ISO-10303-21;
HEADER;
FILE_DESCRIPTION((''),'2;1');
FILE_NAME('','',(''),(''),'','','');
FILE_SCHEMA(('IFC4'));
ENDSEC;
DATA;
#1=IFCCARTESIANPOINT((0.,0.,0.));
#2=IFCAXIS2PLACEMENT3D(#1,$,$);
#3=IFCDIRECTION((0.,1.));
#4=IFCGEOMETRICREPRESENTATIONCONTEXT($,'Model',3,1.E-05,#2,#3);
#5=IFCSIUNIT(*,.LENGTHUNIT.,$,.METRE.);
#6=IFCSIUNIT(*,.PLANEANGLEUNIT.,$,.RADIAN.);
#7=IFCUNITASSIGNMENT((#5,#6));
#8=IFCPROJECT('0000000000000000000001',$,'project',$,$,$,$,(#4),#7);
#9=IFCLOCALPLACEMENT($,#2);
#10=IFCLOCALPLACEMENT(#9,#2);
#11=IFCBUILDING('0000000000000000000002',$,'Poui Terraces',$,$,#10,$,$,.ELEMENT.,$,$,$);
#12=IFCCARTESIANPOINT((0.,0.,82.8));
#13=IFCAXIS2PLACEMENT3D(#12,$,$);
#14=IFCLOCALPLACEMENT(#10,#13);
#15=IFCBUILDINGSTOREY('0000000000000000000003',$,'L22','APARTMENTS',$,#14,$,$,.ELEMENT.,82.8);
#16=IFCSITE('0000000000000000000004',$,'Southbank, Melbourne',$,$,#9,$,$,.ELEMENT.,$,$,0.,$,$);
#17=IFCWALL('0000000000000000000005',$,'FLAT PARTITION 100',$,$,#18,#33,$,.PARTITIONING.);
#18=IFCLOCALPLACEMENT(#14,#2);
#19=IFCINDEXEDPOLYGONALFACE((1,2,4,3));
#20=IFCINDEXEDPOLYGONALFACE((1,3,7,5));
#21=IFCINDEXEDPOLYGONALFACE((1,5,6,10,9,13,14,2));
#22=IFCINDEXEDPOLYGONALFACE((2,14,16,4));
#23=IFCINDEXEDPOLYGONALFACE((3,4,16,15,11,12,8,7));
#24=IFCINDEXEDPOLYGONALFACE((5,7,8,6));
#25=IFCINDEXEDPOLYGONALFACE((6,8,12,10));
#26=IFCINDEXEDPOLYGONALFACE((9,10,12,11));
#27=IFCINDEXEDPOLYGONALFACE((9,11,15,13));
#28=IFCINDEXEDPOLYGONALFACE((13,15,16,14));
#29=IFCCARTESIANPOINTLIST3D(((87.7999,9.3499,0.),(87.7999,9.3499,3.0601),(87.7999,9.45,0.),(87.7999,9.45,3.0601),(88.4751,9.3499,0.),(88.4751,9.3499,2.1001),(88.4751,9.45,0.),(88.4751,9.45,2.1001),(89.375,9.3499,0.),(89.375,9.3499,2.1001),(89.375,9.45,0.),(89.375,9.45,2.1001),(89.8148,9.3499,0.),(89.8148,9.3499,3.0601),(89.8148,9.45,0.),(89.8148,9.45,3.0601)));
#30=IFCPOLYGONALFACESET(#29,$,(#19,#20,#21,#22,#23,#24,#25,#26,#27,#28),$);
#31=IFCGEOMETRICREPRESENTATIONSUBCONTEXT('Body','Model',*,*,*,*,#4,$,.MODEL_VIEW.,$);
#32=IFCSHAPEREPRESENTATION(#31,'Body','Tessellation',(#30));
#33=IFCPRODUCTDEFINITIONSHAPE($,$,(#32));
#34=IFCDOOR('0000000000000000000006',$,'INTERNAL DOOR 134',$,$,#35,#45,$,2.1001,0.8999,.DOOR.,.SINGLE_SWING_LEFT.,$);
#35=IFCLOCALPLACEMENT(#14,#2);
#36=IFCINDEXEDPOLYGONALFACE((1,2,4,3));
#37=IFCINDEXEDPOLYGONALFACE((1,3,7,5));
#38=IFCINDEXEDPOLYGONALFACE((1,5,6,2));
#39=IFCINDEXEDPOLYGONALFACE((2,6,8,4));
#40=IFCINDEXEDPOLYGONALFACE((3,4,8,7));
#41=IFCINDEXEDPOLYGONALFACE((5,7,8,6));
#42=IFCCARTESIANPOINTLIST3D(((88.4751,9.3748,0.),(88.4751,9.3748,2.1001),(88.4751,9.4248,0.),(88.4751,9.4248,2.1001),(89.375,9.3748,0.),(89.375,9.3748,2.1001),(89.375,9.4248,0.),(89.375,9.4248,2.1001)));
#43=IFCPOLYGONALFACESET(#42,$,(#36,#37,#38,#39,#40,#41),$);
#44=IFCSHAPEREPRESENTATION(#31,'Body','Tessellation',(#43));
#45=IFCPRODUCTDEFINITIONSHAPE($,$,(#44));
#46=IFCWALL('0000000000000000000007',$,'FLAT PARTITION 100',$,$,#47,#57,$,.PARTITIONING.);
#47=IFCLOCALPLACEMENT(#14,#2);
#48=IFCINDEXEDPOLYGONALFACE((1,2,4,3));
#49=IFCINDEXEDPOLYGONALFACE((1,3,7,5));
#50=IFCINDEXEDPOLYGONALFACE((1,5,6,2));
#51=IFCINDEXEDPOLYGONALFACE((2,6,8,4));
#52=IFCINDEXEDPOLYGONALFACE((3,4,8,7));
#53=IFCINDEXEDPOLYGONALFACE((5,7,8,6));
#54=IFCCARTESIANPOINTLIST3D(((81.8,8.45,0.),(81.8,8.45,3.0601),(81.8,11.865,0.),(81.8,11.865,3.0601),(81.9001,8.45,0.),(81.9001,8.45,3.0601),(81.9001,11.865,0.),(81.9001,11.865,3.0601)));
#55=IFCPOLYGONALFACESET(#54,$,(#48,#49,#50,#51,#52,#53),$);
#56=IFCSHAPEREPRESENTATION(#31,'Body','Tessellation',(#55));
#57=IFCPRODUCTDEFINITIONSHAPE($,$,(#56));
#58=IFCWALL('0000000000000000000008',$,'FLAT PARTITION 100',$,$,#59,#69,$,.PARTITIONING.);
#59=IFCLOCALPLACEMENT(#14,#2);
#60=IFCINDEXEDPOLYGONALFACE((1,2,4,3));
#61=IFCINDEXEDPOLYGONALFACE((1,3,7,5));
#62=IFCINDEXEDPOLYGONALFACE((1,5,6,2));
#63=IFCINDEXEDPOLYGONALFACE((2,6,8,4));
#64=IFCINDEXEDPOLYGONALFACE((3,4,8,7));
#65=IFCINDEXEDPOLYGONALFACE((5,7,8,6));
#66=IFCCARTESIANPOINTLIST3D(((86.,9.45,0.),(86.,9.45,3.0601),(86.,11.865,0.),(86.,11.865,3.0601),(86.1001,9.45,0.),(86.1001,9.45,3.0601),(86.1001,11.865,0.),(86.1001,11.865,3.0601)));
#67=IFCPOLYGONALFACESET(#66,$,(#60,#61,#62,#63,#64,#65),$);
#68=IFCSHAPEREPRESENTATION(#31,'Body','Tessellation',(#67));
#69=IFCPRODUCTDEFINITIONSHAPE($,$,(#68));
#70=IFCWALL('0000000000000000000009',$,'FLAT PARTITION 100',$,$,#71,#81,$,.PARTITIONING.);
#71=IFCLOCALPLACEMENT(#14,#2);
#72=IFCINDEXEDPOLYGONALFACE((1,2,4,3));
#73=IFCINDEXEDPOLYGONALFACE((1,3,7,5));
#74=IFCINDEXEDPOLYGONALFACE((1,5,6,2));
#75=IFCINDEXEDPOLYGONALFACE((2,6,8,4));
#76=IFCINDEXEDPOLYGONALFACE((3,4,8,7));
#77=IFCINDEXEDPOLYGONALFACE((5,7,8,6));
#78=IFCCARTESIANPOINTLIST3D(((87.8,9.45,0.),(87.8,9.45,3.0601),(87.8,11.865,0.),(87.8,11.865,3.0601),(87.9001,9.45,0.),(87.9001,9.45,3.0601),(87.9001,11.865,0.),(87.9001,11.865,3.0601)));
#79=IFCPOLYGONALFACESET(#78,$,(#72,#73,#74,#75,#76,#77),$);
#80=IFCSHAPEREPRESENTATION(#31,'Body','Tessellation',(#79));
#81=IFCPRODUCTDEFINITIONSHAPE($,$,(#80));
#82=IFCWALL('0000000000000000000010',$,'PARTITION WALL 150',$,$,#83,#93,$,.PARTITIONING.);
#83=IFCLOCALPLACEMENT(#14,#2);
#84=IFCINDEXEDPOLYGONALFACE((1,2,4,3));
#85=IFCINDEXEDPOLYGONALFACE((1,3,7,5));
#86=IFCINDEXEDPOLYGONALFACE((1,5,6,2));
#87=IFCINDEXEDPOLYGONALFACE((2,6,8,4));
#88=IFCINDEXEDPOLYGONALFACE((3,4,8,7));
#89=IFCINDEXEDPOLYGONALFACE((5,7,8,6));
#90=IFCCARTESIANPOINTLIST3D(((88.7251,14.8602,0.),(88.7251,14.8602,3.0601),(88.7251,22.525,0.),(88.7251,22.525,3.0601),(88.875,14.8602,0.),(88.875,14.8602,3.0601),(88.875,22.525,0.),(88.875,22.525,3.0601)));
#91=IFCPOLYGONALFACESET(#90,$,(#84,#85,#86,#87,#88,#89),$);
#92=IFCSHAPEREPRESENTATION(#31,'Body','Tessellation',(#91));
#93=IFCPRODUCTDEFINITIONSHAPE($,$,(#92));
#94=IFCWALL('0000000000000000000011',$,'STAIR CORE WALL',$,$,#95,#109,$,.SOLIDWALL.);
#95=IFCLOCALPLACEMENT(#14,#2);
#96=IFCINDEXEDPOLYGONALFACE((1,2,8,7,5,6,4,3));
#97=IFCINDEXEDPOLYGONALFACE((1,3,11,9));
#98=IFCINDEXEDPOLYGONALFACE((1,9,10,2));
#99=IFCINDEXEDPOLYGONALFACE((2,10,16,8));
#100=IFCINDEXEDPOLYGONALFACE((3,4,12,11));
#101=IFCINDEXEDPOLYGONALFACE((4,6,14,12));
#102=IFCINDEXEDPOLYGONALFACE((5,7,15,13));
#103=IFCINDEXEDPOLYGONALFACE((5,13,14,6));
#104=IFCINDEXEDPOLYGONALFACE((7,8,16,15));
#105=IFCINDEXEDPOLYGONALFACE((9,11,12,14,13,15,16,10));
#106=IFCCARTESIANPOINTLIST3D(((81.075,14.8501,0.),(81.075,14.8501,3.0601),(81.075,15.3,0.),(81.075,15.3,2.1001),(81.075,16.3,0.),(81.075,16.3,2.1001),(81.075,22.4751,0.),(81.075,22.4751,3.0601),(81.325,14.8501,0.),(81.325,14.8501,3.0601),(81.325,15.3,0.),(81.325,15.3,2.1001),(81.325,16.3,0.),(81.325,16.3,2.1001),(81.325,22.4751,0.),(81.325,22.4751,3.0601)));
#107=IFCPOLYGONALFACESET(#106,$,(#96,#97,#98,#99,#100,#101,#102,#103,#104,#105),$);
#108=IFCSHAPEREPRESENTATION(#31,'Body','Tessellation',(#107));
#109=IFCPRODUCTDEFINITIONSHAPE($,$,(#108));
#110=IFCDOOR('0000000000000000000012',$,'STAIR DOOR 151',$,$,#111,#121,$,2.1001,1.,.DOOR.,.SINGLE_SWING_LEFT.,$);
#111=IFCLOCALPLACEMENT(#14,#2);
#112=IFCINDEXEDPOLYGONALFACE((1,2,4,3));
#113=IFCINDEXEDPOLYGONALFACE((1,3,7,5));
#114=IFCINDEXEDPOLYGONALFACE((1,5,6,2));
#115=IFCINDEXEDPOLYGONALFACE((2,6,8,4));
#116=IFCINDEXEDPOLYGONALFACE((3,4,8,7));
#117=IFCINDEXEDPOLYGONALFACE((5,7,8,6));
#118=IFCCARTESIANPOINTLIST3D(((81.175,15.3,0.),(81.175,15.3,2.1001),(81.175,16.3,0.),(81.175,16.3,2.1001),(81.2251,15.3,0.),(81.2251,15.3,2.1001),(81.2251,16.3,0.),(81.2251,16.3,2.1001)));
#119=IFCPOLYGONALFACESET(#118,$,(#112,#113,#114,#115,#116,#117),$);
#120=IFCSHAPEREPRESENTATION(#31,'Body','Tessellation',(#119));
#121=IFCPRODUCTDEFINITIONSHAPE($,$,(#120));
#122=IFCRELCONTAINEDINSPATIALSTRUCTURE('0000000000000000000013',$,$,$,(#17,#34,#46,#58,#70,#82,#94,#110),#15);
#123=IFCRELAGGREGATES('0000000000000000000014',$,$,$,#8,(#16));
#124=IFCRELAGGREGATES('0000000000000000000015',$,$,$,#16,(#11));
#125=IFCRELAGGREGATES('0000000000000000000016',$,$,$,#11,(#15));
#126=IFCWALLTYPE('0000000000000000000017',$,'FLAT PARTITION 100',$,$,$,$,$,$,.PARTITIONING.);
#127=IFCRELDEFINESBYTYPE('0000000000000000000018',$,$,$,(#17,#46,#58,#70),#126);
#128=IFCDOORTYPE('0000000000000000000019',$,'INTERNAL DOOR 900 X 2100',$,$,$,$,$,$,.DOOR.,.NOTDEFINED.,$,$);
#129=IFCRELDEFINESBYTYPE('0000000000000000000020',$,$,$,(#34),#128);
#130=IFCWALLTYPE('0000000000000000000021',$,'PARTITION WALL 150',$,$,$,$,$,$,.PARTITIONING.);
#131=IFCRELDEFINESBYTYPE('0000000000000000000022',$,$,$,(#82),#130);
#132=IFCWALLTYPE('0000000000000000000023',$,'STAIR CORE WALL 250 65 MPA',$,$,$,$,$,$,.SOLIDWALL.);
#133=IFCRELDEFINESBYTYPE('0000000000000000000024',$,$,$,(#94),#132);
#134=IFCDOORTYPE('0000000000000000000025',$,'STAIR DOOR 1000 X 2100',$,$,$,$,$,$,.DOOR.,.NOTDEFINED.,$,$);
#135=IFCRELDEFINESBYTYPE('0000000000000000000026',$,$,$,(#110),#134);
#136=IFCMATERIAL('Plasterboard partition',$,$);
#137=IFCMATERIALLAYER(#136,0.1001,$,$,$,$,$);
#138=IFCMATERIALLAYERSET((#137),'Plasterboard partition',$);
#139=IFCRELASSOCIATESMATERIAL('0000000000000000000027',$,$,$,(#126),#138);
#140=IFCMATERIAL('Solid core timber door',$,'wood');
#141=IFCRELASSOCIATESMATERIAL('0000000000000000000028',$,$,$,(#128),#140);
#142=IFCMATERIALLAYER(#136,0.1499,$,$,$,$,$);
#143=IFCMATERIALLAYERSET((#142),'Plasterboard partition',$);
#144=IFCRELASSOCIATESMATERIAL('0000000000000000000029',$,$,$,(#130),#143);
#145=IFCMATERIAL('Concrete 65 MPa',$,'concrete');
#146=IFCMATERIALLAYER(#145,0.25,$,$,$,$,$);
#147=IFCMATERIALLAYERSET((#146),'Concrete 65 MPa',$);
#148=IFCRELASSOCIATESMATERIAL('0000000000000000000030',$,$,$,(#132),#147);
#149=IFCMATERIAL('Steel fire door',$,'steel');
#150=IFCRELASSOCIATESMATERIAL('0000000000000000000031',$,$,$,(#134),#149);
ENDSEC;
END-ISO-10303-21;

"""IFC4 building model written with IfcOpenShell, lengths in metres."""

from ifc_helpers import new_model, si_unit, direction, frame, frame_2d, origin, place, context, subcontext, project, spatial, rectangle, extrude, material, layer, layer_set, type_object, element, fill, save


model = new_model("IFC4")

# Units and contexts
model_context = context("Model", 3, precision=1e-05, world=origin(), true_north=direction((0.0, 1.0)))
body_context = subcontext(model_context, "Body", "Model", "MODEL_VIEW")
ifc_project = project(units=[si_unit("LENGTHUNIT", "METRE"), si_unit("PLANEANGLEUNIT", "RADIAN")], contexts=[model_context])

# Site, building, storey
site_placement = place(None, origin())
site = spatial("IfcSite", under=ifc_project, at=site_placement, Name="Southbank, Melbourne", CompositionType="ELEMENT", RefElevation=0.0)
building_placement = place(site_placement, origin())
building = spatial("IfcBuilding", under=site, at=building_placement, Name="Poui Terraces", CompositionType="ELEMENT")
storey_placement = place(building_placement, frame((0.0, 0.0, 82.8)))
storey = spatial("IfcBuildingStorey", under=building, at=storey_placement, Name="L22", Description="APARTMENTS", CompositionType="ELEMENT", Elevation=82.8)

# Shared definitions
ifc_material_1 = material(Name="Concrete 65 MPa", Category="concrete")

# Wall, opening, door
ifc_material_2 = material(Name="Steel fire door", Category="steel")
ifc_material_3 = material(Name="Solid core timber door", Category="wood")
ifc_material_4 = material(Name="Plasterboard partition")
ifc_layer_1 = layer(ifc_material_4, 0.1001)
ifc_layer_set_1 = layer_set([ifc_layer_1], Name="Plasterboard partition")
wall_type_1 = type_object("IfcWallType", Name="FLAT PARTITION 100", PredefinedType="PARTITIONING", material=ifc_layer_set_1)
wall_1_placement = place(storey_placement, frame((87.8, 9.3999, 0.0), z_axis=(0.0, 0.0, 1.0), x_axis=(1.0, 0.0, 0.0)))
wall_1 = element("IfcWall", 1, at=wall_1_placement, inside=storey, type_object=wall_type_1, Name="FLAT PARTITION 100", PredefinedType="PARTITIONING", context=body_context, shape_type="SweptSolid", body=[
    extrude(rectangle(XDim=2.0149, YDim=0.1001, at=frame_2d((1.0073, 0.0))), origin(), (0.0, 0.0, 1.0), 3.0601),
])
opening_1_placement = place(wall_1_placement, frame((0.675, 0.0, 0.0)))
opening_1 = element("IfcOpeningElement", 2, at=opening_1_placement, cuts=wall_1, PredefinedType="OPENING", context=body_context, shape_type="SweptSolid", body=[
    extrude(rectangle(XDim=0.8999, YDim=2.1001, at=frame_2d((0.45, 1.05))), frame((0.0, 0.0601, 0.0), z_axis=(0.0, -1.0, 0.0), x_axis=(1.0, 0.0, 0.0)), (0.0, 0.0, 1.0), 0.1201),
])
door_type_1 = type_object("IfcDoorType", Name="INTERNAL DOOR 900 X 2100", OperationType="NOTDEFINED", PredefinedType="DOOR", material=ifc_material_3)
door_1_placement = place(opening_1_placement, origin())
door_1 = element("IfcDoor", 3, at=door_1_placement, inside=storey, type_object=door_type_1, Name="INTERNAL DOOR 134", OperationType="SINGLE_SWING_LEFT", OverallHeight=2.1001, OverallWidth=0.8999, PredefinedType="DOOR", context=body_context, shape_type="SweptSolid", body=[
    extrude(rectangle(XDim=0.8999, YDim=2.1001, at=frame_2d((0.45, 1.05))), frame((0.0, 0.0249, 0.0), z_axis=(0.0, -1.0, 0.0), x_axis=(1.0, 0.0, 0.0)), (0.0, 0.0, 1.0), 0.05),
])
fill(opening_1, door_1)

# Walls
wall_2_placement = place(storey_placement, frame((81.8501, 8.45, 0.0), z_axis=(0.0, 0.0, 1.0), x_axis=(0.0, 1.0, 0.0)))
element("IfcWall", 4, at=wall_2_placement, inside=storey, type_object=wall_type_1, Name="FLAT PARTITION 100", PredefinedType="PARTITIONING", context=body_context, shape_type="SweptSolid", body=[
    extrude(rectangle(XDim=3.415, YDim=0.1001, at=frame_2d((1.7075, 0.0))), origin(), (0.0, 0.0, 1.0), 3.0601),
])
for number, where, z_axis, x_axis, name in (
    (5, (86.05, 9.45, 0.0), (0.0, 0.0, 1.0), (0.0, 1.0, 0.0), "FLAT PARTITION 100"),
    (6, (87.8501, 9.45, 0.0), (0.0, 0.0, 1.0), (0.0, 1.0, 0.0), "FLAT PARTITION 100"),
):
    element("IfcWall", number, at=place(storey_placement, frame(where, z_axis=z_axis, x_axis=x_axis)), inside=storey, type_object=wall_type_1, Name=name, PredefinedType="PARTITIONING", context=body_context, shape_type="SweptSolid", body=[
        extrude(rectangle(XDim=2.415, YDim=0.1001, at=frame_2d((1.2075, 0.0))), origin(), (0.0, 0.0, 1.0), 3.0601),
    ])
ifc_layer_2 = layer(ifc_material_4, 0.1499)
ifc_layer_set_2 = layer_set([ifc_layer_2], Name="Plasterboard partition")
wall_type_2 = type_object("IfcWallType", Name="PARTITION WALL 150", PredefinedType="PARTITIONING", material=ifc_layer_set_2)
wall_3_placement = place(storey_placement, frame((88.8, 14.8601, 0.0), z_axis=(0.0, 0.0, 1.0), x_axis=(0.0, 1.0, 0.0)))
element("IfcWall", 7, at=wall_3_placement, inside=storey, type_object=wall_type_2, Name="PARTITION WALL 150", PredefinedType="PARTITIONING", context=body_context, shape_type="SweptSolid", body=[
    extrude(rectangle(XDim=7.6648, YDim=0.1499, at=frame_2d((3.8325, 0.0))), origin(), (0.0, 0.0, 1.0), 3.0601),
])

# Wall, opening, door
ifc_layer_3 = layer(ifc_material_1, 0.25)
ifc_layer_set_3 = layer_set([ifc_layer_3], Name="Concrete 65 MPa")
wall_type_3 = type_object("IfcWallType", Name="STAIR CORE WALL 250 65 MPA", PredefinedType="SOLIDWALL", material=ifc_layer_set_3)
wall_4_placement = place(storey_placement, frame((81.2, 14.8501, 0.0), z_axis=(0.0, 0.0, 1.0), x_axis=(0.0, 1.0, 0.0)))
wall_4 = element("IfcWall", 8, at=wall_4_placement, inside=storey, type_object=wall_type_3, Name="STAIR CORE WALL", PredefinedType="SOLIDWALL", context=body_context, shape_type="SweptSolid", body=[
    extrude(rectangle(XDim=7.625, YDim=0.25, at=frame_2d((3.8125, 0.0))), origin(), (0.0, 0.0, 1.0), 3.0601),
])
opening_2_placement = place(wall_4_placement, frame((0.45, 0.0, 0.0)))
opening_2 = element("IfcOpeningElement", 9, at=opening_2_placement, cuts=wall_4, PredefinedType="OPENING", context=body_context, shape_type="SweptSolid", body=[
    extrude(rectangle(XDim=1.0, YDim=2.1001, at=frame_2d((0.5, 1.05))), frame((0.0, 0.135, 0.0), z_axis=(0.0, -1.0, 0.0), x_axis=(1.0, 0.0, 0.0)), (0.0, 0.0, 1.0), 0.27),
])
door_type_2 = type_object("IfcDoorType", Name="STAIR DOOR 1000 X 2100", OperationType="NOTDEFINED", PredefinedType="DOOR", material=ifc_material_2)
door_2_placement = place(opening_2_placement, origin())
door_2 = element("IfcDoor", 10, at=door_2_placement, inside=storey, type_object=door_type_2, Name="STAIR DOOR 151", OperationType="SINGLE_SWING_LEFT", OverallHeight=2.1001, OverallWidth=1.0, PredefinedType="DOOR", context=body_context, shape_type="SweptSolid", body=[
    extrude(rectangle(XDim=1.0, YDim=2.1001, at=frame_2d((0.5, 1.05))), frame((0.0, 0.0249, 0.0), z_axis=(0.0, -1.0, 0.0), x_axis=(1.0, 0.0, 0.0)), (0.0, 0.0, 1.0), 0.05),
])
fill(opening_2, door_2)

save(model, "model.ifc")
